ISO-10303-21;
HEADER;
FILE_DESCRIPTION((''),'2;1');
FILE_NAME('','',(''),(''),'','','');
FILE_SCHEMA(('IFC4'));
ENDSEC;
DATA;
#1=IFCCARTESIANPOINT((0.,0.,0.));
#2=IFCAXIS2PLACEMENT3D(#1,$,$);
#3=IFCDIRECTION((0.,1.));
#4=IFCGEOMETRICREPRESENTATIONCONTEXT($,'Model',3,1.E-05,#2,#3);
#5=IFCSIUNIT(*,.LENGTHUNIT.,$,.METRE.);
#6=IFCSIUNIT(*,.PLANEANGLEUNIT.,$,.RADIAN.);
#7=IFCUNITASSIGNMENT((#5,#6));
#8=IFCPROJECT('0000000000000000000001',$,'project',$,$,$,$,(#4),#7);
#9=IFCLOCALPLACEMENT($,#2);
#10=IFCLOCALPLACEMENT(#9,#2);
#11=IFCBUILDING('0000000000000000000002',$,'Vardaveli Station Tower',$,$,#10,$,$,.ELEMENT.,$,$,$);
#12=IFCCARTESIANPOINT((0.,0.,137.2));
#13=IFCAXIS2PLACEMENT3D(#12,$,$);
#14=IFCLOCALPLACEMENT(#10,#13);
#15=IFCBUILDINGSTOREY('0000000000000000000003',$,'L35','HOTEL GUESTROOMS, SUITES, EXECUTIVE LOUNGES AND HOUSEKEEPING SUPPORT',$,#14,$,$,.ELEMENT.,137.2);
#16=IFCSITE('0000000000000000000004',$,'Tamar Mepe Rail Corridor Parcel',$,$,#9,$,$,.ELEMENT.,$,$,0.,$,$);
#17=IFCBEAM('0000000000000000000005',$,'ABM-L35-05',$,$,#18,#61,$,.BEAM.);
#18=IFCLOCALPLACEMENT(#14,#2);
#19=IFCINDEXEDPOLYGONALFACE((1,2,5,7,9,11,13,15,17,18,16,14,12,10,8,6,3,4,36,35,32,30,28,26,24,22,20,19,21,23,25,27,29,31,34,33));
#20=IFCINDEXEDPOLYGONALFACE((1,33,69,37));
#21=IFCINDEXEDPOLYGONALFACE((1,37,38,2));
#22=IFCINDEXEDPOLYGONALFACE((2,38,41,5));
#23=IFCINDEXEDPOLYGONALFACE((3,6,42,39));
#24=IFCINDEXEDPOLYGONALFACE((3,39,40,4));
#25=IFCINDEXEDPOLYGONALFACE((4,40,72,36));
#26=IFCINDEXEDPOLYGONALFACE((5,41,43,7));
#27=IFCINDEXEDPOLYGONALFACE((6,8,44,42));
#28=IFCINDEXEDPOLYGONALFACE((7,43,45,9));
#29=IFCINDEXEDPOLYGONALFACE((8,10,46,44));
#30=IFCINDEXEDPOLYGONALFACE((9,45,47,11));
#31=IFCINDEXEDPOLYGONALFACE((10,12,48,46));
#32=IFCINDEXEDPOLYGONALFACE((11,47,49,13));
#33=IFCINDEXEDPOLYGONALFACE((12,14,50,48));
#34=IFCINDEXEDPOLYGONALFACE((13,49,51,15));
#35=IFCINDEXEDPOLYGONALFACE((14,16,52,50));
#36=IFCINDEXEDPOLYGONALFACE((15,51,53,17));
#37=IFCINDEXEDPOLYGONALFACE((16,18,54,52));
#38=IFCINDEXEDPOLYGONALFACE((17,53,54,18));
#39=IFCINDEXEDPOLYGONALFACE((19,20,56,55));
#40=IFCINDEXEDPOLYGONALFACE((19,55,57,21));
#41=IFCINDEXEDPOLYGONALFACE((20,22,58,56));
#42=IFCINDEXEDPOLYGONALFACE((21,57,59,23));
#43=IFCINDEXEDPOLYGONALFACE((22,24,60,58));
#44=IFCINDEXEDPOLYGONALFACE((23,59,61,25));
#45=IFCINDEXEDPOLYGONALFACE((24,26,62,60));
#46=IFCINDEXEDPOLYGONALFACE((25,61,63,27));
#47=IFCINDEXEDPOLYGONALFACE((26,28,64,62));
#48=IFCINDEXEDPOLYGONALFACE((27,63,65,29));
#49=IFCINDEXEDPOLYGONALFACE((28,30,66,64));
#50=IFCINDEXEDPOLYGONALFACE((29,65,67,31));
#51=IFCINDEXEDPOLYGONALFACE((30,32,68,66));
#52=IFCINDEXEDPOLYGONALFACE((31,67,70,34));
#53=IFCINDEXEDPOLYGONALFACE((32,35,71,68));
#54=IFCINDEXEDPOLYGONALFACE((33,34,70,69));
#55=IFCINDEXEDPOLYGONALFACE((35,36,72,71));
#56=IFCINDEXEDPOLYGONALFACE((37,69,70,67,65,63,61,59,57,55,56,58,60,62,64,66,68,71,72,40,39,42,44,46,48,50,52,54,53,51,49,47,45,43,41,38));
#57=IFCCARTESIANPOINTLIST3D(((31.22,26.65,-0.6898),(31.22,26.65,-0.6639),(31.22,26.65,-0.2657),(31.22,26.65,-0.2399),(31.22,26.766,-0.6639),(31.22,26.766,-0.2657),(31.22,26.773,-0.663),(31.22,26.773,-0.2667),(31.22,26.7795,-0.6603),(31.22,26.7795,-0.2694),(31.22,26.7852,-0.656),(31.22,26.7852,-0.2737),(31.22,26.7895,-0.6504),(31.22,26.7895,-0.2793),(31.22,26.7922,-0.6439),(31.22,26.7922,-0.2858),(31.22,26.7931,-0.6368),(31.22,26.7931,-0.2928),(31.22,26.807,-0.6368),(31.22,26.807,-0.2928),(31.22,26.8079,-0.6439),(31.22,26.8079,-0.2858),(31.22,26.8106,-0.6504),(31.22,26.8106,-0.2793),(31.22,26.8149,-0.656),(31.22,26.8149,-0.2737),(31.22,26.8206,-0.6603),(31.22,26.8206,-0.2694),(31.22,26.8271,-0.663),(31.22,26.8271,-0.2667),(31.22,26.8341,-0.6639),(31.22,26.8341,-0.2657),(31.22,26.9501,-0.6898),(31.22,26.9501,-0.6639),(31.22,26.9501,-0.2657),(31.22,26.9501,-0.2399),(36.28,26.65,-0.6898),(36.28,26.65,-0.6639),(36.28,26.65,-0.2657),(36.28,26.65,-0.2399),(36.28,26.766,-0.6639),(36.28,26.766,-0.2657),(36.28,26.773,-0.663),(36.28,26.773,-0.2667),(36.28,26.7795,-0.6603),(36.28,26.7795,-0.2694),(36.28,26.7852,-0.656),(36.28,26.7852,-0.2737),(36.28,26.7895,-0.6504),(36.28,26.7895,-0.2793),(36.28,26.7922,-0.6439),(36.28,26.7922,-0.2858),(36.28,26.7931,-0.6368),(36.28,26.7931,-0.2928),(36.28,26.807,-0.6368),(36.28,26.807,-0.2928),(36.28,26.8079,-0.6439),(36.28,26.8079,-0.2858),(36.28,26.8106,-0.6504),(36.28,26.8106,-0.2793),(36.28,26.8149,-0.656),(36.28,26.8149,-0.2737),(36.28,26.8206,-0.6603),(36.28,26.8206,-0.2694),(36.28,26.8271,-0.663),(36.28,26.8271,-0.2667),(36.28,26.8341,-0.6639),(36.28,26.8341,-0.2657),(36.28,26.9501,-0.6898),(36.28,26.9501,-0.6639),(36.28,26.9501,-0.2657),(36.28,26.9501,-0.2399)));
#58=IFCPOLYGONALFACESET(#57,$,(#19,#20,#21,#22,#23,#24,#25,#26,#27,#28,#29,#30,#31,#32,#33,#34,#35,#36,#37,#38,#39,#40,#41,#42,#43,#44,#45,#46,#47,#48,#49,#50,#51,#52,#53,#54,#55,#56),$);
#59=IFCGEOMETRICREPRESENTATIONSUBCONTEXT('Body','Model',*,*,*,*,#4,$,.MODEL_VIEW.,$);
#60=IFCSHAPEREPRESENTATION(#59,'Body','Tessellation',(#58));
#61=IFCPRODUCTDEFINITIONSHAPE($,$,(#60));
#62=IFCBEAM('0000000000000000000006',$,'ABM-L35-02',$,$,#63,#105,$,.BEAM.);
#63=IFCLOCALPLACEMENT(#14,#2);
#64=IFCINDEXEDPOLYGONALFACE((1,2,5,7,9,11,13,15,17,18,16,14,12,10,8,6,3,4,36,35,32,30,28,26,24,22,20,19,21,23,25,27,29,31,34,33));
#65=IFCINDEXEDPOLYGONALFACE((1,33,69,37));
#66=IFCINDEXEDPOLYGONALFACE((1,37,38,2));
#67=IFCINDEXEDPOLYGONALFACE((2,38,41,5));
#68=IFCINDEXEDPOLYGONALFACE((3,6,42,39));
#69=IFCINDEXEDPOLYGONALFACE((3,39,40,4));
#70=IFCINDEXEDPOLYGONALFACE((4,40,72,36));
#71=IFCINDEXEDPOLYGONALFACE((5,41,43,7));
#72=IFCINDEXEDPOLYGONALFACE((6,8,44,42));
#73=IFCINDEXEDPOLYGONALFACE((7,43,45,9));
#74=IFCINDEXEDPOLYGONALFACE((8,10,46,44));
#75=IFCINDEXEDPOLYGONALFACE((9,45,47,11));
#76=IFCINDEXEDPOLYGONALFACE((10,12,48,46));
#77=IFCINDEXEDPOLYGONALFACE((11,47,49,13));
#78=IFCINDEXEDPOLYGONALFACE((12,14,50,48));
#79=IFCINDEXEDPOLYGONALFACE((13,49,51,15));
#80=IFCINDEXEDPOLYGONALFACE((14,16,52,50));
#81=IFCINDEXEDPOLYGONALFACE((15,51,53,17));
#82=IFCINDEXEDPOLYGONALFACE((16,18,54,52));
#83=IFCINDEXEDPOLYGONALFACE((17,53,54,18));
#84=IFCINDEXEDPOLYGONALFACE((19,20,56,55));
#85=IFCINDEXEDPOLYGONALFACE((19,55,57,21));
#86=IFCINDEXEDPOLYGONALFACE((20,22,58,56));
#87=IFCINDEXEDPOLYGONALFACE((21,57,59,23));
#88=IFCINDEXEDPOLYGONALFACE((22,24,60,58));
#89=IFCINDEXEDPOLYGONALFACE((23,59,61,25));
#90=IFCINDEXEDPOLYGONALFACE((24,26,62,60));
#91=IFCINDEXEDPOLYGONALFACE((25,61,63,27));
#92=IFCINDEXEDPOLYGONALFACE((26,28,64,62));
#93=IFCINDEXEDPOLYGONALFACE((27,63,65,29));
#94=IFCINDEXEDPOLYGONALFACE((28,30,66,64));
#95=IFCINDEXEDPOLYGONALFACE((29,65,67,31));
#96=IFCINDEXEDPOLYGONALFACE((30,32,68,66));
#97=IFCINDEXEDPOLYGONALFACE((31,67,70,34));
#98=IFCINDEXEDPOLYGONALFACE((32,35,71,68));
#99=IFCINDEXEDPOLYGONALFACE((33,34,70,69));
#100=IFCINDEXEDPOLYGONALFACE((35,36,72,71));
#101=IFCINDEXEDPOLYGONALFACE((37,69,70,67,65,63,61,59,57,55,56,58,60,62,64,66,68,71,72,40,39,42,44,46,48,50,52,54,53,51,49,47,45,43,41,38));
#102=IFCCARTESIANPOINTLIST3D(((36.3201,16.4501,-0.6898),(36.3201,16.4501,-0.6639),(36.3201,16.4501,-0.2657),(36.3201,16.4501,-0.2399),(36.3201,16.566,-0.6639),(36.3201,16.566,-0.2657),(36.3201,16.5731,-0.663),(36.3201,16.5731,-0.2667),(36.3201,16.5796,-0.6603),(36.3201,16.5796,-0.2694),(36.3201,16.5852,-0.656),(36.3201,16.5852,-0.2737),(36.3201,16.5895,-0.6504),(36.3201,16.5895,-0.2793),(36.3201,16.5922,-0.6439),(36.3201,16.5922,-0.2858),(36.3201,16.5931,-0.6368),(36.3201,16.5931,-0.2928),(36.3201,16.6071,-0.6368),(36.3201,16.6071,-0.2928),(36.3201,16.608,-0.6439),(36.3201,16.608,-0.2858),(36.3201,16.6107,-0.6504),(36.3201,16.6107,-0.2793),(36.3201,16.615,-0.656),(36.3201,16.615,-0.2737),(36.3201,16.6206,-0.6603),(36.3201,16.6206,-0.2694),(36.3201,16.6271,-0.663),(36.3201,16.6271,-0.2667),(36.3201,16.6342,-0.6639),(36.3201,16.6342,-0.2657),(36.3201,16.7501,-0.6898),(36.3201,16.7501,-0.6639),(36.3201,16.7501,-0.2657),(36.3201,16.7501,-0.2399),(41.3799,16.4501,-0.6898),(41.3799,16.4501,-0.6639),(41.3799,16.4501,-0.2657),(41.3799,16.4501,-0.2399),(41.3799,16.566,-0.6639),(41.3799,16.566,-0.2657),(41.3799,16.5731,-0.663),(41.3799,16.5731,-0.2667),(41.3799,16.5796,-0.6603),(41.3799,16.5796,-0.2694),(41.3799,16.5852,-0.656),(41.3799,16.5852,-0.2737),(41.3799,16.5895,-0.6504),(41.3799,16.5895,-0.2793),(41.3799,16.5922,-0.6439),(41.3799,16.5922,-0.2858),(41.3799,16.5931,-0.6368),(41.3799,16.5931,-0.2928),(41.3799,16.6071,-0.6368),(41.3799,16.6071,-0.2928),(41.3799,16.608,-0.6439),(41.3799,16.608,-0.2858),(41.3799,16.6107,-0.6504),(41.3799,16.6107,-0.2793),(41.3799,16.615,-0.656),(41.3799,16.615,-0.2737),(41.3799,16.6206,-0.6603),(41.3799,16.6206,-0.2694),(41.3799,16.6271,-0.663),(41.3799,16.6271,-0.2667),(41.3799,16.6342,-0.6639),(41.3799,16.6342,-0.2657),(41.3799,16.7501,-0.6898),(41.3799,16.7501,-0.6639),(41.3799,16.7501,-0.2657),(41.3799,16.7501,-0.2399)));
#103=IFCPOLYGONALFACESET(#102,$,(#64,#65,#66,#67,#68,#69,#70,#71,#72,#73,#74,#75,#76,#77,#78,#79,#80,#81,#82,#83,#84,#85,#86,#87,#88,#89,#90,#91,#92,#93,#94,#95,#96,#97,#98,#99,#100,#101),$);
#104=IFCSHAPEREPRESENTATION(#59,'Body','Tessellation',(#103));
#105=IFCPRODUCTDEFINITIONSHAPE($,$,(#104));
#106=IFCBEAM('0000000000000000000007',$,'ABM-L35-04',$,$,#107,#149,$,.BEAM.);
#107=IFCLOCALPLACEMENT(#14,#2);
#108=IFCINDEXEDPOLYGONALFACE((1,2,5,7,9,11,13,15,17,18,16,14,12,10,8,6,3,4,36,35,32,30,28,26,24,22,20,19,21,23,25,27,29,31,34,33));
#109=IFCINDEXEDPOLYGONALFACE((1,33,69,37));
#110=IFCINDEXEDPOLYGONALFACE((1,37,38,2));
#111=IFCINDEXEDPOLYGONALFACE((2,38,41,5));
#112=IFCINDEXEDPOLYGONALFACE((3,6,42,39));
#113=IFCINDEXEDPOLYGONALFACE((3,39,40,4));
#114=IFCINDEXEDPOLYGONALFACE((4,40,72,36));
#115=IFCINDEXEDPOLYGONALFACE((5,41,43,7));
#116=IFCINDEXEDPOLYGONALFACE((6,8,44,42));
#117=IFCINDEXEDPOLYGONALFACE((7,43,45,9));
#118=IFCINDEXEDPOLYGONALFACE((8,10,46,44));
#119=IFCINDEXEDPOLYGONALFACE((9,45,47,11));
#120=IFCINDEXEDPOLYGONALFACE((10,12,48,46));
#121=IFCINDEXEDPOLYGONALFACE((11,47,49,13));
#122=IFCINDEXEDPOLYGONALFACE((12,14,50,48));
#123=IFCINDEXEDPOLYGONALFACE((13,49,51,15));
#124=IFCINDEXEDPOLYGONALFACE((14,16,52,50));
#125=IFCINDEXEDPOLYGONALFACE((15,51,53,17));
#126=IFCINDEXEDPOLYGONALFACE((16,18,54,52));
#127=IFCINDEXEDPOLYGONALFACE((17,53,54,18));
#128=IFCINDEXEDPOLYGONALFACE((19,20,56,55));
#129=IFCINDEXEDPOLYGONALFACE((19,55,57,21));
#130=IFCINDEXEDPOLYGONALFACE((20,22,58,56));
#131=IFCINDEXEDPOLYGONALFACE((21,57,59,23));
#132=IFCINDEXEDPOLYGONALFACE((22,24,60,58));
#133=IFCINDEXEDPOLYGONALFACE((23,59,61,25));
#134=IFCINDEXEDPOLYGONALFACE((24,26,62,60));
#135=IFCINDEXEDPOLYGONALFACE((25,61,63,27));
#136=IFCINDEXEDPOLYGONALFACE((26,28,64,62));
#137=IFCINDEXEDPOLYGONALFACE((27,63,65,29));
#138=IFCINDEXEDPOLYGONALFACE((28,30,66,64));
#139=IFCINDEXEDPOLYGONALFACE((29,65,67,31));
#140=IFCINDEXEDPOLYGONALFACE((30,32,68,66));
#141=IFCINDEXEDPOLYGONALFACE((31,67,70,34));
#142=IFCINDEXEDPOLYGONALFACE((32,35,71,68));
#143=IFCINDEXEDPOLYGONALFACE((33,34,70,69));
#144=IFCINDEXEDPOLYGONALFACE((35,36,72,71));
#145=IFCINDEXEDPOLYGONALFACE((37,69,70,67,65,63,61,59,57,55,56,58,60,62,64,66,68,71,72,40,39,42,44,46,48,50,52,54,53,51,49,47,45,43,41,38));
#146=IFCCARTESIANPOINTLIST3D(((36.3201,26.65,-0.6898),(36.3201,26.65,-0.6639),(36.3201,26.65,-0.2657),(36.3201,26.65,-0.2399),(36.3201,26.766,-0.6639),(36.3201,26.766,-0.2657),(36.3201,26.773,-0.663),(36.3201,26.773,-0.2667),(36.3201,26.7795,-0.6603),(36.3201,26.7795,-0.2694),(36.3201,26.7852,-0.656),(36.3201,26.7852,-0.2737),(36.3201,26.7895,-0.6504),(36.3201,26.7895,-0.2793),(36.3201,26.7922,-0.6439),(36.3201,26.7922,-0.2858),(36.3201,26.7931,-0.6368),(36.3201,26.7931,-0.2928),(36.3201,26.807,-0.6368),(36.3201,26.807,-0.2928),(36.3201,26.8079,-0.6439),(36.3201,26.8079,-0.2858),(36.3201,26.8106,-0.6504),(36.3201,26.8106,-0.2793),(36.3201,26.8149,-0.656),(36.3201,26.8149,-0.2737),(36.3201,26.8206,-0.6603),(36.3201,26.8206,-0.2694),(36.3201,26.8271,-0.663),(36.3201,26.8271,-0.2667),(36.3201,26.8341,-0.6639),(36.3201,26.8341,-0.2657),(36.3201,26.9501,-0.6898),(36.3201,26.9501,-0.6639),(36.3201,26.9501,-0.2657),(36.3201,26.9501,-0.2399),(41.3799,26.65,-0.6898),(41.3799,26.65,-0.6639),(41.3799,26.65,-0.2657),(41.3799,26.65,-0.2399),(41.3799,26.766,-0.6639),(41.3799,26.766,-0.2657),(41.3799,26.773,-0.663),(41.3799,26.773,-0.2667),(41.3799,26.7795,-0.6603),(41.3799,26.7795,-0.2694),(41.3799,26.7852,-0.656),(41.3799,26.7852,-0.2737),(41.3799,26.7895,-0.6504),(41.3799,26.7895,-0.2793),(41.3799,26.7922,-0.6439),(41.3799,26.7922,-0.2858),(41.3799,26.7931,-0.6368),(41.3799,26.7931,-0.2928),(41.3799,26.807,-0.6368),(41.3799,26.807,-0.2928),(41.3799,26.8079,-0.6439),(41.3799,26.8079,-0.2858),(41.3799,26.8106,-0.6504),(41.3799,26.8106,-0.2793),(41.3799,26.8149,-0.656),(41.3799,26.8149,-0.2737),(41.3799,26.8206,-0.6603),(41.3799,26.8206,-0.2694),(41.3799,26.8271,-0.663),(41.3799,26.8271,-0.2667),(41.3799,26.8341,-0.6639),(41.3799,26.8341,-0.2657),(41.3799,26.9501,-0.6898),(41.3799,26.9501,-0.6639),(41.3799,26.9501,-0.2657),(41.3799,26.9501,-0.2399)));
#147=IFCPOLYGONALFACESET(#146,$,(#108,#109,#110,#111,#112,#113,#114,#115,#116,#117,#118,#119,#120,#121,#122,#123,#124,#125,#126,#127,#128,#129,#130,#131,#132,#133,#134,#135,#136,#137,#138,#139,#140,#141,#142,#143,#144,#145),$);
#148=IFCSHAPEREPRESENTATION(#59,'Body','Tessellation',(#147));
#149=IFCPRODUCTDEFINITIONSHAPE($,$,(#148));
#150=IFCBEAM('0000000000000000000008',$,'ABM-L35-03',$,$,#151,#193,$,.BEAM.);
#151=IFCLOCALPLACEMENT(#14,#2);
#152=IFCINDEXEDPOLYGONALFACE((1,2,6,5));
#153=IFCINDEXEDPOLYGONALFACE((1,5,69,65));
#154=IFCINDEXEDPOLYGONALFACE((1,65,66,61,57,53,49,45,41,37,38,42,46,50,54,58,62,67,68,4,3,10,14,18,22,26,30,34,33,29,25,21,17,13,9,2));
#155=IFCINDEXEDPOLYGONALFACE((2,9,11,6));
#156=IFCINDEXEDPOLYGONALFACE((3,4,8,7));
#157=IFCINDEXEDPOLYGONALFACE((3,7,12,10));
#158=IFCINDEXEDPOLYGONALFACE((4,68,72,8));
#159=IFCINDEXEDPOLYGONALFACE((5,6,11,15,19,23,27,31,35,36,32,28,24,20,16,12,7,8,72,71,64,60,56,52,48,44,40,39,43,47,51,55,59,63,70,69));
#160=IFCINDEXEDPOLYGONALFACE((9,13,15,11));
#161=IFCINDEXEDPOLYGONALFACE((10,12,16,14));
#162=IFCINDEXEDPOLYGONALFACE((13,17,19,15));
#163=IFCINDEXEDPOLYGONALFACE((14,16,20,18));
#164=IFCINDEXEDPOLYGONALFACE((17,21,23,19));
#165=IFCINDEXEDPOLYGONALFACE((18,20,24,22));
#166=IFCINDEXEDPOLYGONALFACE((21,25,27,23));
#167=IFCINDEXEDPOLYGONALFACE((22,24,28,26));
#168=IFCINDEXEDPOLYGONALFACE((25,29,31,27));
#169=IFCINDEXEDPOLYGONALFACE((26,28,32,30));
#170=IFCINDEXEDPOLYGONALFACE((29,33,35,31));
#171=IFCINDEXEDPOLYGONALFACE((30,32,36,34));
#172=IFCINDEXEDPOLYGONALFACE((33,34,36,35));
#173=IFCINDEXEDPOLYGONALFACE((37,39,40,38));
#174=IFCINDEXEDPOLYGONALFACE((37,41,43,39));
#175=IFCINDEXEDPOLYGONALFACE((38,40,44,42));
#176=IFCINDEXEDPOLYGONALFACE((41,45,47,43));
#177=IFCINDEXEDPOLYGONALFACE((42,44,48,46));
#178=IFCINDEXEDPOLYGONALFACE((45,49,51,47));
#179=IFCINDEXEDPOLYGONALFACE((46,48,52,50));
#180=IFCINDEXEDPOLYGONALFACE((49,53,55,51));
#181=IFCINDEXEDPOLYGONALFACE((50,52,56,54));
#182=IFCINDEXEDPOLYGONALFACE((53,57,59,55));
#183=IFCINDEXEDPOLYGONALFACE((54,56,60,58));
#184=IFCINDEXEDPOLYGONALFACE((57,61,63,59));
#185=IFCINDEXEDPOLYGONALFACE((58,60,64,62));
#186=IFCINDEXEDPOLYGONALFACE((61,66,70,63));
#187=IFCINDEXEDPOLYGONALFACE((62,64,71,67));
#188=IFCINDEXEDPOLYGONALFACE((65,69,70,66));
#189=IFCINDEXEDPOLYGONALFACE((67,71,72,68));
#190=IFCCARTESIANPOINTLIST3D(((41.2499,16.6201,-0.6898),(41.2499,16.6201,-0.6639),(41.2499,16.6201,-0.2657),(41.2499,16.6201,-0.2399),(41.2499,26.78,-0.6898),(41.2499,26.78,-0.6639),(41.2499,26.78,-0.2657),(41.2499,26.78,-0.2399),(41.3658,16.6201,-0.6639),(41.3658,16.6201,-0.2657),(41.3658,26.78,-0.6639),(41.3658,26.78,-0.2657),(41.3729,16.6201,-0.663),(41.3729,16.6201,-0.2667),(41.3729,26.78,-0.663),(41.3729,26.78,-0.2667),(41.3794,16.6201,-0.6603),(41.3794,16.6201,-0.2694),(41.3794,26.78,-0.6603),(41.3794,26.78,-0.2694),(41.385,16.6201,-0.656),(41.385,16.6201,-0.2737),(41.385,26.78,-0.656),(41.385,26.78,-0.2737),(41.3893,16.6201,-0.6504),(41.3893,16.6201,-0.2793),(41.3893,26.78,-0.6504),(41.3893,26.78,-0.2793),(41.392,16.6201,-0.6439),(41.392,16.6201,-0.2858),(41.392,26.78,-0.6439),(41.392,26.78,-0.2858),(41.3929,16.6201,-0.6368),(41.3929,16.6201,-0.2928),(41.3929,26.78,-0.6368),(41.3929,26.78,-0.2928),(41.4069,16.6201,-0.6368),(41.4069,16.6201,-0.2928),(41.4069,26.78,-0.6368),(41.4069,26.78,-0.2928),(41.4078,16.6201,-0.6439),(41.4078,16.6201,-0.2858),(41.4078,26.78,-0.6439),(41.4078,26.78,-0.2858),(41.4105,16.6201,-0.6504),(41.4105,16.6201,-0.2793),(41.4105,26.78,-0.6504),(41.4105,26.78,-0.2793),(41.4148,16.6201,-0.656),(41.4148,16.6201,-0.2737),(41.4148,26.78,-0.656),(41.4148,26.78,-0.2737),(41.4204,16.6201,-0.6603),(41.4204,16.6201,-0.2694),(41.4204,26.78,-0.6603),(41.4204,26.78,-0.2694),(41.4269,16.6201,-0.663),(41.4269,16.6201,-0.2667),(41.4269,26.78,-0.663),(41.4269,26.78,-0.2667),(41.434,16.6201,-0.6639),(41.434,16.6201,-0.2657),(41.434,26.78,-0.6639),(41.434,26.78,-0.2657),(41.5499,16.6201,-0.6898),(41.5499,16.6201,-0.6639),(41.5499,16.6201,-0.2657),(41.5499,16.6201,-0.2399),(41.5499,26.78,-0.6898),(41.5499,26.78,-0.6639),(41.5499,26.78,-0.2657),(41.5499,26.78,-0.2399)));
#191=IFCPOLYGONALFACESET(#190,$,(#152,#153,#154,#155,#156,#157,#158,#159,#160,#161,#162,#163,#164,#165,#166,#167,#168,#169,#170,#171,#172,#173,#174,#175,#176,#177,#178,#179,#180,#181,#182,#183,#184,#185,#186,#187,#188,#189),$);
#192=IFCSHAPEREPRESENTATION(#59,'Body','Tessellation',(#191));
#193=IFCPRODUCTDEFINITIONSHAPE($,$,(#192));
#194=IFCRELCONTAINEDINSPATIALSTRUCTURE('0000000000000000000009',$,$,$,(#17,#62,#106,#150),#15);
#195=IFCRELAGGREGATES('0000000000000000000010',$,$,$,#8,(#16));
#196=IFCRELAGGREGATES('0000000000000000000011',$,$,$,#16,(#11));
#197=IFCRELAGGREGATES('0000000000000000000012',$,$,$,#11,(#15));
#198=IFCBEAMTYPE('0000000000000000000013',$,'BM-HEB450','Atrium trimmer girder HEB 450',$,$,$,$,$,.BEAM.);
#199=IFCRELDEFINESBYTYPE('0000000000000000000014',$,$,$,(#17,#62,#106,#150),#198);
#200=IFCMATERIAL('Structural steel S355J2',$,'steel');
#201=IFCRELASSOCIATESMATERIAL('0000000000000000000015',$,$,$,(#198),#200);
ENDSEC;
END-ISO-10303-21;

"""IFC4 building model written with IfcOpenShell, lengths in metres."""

from ifc_helpers import new_model, si_unit, direction, frame, origin, origin_2d, place, context, subcontext, project, spatial, i_section, extrude, source, transform, mapped, material, material_profile, profile_set, type_object, element, save


model = new_model("IFC4")

# Units and contexts
model_context = context("Model", 3, precision=1e-05, world=origin(), true_north=direction((0.0, 1.0)))
body_context = subcontext(model_context, "Body", "Model", "MODEL_VIEW")
ifc_project = project(units=[si_unit("LENGTHUNIT", "METRE"), si_unit("PLANEANGLEUNIT", "RADIAN")], contexts=[model_context])

# Site, building, storey
site_placement = place(None, origin())
site = spatial("IfcSite", under=ifc_project, at=site_placement, Name="Tamar Mepe Rail Corridor Parcel", CompositionType="ELEMENT", RefElevation=0.0)
building_placement = place(site_placement, origin())
building = spatial("IfcBuilding", under=site, at=building_placement, Name="Vardaveli Station Tower", CompositionType="ELEMENT")
storey_placement = place(building_placement, frame((0.0, 0.0, 137.2)))
storey = spatial("IfcBuildingStorey", under=building, at=storey_placement, Name="L35", Description="HOTEL GUESTROOMS, SUITES, EXECUTIVE LOUNGES AND HOUSEKEEPING SUPPORT", CompositionType="ELEMENT", Elevation=137.2)

# Beams
ifc_material_1 = material(Name="Structural steel S355J2", Category="steel")
ifc_material_profile_1 = material_profile(ifc_material_1, i_section(OverallWidth=0.3, OverallDepth=0.45, WebThickness=0.0139, FlangeThickness=0.0259, FilletRadius=0.0271, at=origin_2d()), Name="HEB 450")
ifc_profile_set_1 = profile_set([ifc_material_profile_1], Name="Structural steel S355J2")
beam_type_1 = type_object("IfcBeamType", Name="BM-HEB450", Description="Atrium trimmer girder HEB 450", PredefinedType="BEAM", material=ifc_profile_set_1)
shared_shape_1 = source(origin(), body_context, "Body", "SweptSolid", [
    extrude(i_section(OverallWidth=0.3, OverallDepth=0.45, WebThickness=0.0139, FlangeThickness=0.0259, FilletRadius=0.0271, at=origin_2d()), origin(), (0.0, 0.0, 1.0), 5.0601),
])
beam_1_placement = place(storey_placement, frame((36.28, 26.8, -0.4648), z_axis=(-1.0, 0.0, 0.0), x_axis=(0.0, -1.0, 0.0)))
element("IfcBeam", 1, at=beam_1_placement, inside=storey, type_object=beam_type_1, Name="ABM-L35-05", PredefinedType="BEAM", context=body_context, shape_type="MappedRepresentation", body=[
    mapped(shared_shape_1, transform((0.0, 0.0, 0.0), scale=1.0)),
])
shared_shape_2 = source(origin(), body_context, "Body", "SweptSolid", [
    extrude(i_section(OverallWidth=0.3, OverallDepth=0.45, WebThickness=0.0139, FlangeThickness=0.0259, FilletRadius=0.0271, at=origin_2d()), origin(), (0.0, 0.0, 1.0), 5.0598),
])
for number, where, z_axis, x_axis, name in (
    (2, (36.3201, 16.6001, -0.4648), (1.0, 0.0, 0.0), (0.0, 1.0, 0.0), "ABM-L35-02"),
    (3, (41.3799, 26.8, -0.4648), (-1.0, 0.0, 0.0), (0.0, -1.0, 0.0), "ABM-L35-04"),
):
    element("IfcBeam", number, at=place(storey_placement, frame(where, z_axis=z_axis, x_axis=x_axis)), inside=storey, type_object=beam_type_1, Name=name, PredefinedType="BEAM", context=body_context, shape_type="MappedRepresentation", body=[
        mapped(shared_shape_2, transform((0.0, 0.0, 0.0), scale=1.0)),
    ])
shared_shape_3 = source(origin(), body_context, "Body", "SweptSolid", [
    extrude(i_section(OverallWidth=0.3, OverallDepth=0.45, WebThickness=0.0139, FlangeThickness=0.0259, FilletRadius=0.0271, at=origin_2d()), origin(), (0.0, 0.0, 1.0), 10.1599),
])
beam_2_placement = place(storey_placement, frame((41.3999, 16.6201, -0.4648), z_axis=(0.0, 1.0, 0.0), x_axis=(-1.0, 0.0, 0.0)))
element("IfcBeam", 4, at=beam_2_placement, inside=storey, type_object=beam_type_1, Name="ABM-L35-03", PredefinedType="BEAM", context=body_context, shape_type="MappedRepresentation", body=[
    mapped(shared_shape_3, transform((0.0, 0.0, 0.0), scale=1.0)),
])

save(model, "model.ifc")
